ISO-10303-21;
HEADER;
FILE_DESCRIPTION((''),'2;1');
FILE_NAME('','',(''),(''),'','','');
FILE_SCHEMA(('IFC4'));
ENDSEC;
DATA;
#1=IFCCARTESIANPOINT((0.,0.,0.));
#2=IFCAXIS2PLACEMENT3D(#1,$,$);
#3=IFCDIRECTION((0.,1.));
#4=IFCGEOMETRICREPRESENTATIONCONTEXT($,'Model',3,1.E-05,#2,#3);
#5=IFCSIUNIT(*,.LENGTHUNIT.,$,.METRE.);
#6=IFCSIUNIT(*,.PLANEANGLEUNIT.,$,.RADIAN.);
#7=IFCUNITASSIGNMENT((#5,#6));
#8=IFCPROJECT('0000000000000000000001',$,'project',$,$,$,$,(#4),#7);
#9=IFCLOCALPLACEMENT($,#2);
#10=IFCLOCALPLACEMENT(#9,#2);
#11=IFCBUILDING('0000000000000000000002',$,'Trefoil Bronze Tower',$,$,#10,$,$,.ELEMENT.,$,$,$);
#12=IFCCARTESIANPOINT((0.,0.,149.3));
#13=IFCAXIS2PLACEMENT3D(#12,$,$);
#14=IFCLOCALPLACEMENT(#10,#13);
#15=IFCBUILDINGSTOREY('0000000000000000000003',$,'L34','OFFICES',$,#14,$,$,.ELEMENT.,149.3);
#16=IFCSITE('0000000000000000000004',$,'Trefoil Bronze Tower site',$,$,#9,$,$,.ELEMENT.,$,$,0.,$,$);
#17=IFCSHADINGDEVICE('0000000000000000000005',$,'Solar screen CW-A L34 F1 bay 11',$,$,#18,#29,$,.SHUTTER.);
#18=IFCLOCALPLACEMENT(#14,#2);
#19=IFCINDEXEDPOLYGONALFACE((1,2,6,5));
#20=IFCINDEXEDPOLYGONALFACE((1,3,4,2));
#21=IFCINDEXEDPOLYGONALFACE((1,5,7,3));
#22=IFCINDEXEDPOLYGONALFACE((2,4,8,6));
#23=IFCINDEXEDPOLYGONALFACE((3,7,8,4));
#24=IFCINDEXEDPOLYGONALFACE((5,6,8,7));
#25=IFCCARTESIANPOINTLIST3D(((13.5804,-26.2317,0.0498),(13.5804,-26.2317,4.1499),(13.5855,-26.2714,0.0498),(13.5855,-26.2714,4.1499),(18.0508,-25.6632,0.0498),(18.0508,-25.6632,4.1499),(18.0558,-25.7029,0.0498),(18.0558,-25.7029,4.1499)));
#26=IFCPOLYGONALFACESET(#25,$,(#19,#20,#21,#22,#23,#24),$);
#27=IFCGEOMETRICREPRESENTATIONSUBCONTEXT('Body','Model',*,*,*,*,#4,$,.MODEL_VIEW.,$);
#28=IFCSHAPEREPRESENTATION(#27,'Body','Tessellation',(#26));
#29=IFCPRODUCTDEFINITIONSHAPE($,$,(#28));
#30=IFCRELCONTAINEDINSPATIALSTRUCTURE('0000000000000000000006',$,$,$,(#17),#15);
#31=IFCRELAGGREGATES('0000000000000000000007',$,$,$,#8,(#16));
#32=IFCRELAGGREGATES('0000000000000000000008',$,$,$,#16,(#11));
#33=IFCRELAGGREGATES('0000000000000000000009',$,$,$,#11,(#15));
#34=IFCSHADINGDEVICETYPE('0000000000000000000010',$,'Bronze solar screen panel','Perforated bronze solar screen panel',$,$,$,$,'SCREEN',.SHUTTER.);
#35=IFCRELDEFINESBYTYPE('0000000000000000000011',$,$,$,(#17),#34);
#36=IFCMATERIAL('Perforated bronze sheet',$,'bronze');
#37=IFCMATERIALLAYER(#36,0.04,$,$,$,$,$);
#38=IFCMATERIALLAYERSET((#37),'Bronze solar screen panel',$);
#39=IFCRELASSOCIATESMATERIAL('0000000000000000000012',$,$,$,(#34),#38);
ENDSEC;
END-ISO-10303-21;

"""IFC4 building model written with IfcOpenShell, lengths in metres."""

from ifc_helpers import new_model, si_unit, direction, frame, origin, origin_2d, place, context, subcontext, project, spatial, rectangle, extrude, material, layer, layer_set, type_object, element, save


model = new_model("IFC4")

# Units and contexts
model_context = context("Model", 3, precision=1e-05, world=origin(), true_north=direction((0.0, 1.0)))
body_context = subcontext(model_context, "Body", "Model", "MODEL_VIEW")
ifc_project = project(units=[si_unit("LENGTHUNIT", "METRE"), si_unit("PLANEANGLEUNIT", "RADIAN")], contexts=[model_context])

# Site, building, storey
site_placement = place(None, origin())
site = spatial("IfcSite", under=ifc_project, at=site_placement, Name="Trefoil Bronze Tower site", CompositionType="ELEMENT", RefElevation=0.0)
building_placement = place(site_placement, origin())
building = spatial("IfcBuilding", under=site, at=building_placement, Name="Trefoil Bronze Tower", CompositionType="ELEMENT")
storey_placement = place(building_placement, frame((0.0, 0.0, 149.3)))
storey = spatial("IfcBuildingStorey", under=building, at=storey_placement, Name="L34", Description="OFFICES", CompositionType="ELEMENT", Elevation=149.3)

# Shading device
ifc_material_1 = material(Name="Perforated bronze sheet", Category="bronze")
ifc_layer_1 = layer(ifc_material_1, 0.04)
ifc_layer_set_1 = layer_set([ifc_layer_1], Name="Bronze solar screen panel")
shading_device_type = type_object("IfcShadingDeviceType", Name="Bronze solar screen panel", Description="Perforated bronze solar screen panel", ElementType="SCREEN", PredefinedType="SHUTTER", material=ifc_layer_set_1)
shading_device_1_placement = place(storey_placement, frame((15.8181, -25.9673, 0.0498), z_axis=(0.0, 0.0, 1.0), x_axis=(0.992012, 0.126147, 0.0)))
element("IfcShadingDevice", 1, at=shading_device_1_placement, inside=storey, type_object=shading_device_type, Name="Solar screen CW-A L34 F1 bay 11", PredefinedType="SHUTTER", context=body_context, shape_type="SweptSolid", body=[
    extrude(rectangle(XDim=4.5063, YDim=0.04, at=origin_2d()), origin(), (0.0, 0.0, 1.0), 4.1001),
])

save(model, "model.ifc")
